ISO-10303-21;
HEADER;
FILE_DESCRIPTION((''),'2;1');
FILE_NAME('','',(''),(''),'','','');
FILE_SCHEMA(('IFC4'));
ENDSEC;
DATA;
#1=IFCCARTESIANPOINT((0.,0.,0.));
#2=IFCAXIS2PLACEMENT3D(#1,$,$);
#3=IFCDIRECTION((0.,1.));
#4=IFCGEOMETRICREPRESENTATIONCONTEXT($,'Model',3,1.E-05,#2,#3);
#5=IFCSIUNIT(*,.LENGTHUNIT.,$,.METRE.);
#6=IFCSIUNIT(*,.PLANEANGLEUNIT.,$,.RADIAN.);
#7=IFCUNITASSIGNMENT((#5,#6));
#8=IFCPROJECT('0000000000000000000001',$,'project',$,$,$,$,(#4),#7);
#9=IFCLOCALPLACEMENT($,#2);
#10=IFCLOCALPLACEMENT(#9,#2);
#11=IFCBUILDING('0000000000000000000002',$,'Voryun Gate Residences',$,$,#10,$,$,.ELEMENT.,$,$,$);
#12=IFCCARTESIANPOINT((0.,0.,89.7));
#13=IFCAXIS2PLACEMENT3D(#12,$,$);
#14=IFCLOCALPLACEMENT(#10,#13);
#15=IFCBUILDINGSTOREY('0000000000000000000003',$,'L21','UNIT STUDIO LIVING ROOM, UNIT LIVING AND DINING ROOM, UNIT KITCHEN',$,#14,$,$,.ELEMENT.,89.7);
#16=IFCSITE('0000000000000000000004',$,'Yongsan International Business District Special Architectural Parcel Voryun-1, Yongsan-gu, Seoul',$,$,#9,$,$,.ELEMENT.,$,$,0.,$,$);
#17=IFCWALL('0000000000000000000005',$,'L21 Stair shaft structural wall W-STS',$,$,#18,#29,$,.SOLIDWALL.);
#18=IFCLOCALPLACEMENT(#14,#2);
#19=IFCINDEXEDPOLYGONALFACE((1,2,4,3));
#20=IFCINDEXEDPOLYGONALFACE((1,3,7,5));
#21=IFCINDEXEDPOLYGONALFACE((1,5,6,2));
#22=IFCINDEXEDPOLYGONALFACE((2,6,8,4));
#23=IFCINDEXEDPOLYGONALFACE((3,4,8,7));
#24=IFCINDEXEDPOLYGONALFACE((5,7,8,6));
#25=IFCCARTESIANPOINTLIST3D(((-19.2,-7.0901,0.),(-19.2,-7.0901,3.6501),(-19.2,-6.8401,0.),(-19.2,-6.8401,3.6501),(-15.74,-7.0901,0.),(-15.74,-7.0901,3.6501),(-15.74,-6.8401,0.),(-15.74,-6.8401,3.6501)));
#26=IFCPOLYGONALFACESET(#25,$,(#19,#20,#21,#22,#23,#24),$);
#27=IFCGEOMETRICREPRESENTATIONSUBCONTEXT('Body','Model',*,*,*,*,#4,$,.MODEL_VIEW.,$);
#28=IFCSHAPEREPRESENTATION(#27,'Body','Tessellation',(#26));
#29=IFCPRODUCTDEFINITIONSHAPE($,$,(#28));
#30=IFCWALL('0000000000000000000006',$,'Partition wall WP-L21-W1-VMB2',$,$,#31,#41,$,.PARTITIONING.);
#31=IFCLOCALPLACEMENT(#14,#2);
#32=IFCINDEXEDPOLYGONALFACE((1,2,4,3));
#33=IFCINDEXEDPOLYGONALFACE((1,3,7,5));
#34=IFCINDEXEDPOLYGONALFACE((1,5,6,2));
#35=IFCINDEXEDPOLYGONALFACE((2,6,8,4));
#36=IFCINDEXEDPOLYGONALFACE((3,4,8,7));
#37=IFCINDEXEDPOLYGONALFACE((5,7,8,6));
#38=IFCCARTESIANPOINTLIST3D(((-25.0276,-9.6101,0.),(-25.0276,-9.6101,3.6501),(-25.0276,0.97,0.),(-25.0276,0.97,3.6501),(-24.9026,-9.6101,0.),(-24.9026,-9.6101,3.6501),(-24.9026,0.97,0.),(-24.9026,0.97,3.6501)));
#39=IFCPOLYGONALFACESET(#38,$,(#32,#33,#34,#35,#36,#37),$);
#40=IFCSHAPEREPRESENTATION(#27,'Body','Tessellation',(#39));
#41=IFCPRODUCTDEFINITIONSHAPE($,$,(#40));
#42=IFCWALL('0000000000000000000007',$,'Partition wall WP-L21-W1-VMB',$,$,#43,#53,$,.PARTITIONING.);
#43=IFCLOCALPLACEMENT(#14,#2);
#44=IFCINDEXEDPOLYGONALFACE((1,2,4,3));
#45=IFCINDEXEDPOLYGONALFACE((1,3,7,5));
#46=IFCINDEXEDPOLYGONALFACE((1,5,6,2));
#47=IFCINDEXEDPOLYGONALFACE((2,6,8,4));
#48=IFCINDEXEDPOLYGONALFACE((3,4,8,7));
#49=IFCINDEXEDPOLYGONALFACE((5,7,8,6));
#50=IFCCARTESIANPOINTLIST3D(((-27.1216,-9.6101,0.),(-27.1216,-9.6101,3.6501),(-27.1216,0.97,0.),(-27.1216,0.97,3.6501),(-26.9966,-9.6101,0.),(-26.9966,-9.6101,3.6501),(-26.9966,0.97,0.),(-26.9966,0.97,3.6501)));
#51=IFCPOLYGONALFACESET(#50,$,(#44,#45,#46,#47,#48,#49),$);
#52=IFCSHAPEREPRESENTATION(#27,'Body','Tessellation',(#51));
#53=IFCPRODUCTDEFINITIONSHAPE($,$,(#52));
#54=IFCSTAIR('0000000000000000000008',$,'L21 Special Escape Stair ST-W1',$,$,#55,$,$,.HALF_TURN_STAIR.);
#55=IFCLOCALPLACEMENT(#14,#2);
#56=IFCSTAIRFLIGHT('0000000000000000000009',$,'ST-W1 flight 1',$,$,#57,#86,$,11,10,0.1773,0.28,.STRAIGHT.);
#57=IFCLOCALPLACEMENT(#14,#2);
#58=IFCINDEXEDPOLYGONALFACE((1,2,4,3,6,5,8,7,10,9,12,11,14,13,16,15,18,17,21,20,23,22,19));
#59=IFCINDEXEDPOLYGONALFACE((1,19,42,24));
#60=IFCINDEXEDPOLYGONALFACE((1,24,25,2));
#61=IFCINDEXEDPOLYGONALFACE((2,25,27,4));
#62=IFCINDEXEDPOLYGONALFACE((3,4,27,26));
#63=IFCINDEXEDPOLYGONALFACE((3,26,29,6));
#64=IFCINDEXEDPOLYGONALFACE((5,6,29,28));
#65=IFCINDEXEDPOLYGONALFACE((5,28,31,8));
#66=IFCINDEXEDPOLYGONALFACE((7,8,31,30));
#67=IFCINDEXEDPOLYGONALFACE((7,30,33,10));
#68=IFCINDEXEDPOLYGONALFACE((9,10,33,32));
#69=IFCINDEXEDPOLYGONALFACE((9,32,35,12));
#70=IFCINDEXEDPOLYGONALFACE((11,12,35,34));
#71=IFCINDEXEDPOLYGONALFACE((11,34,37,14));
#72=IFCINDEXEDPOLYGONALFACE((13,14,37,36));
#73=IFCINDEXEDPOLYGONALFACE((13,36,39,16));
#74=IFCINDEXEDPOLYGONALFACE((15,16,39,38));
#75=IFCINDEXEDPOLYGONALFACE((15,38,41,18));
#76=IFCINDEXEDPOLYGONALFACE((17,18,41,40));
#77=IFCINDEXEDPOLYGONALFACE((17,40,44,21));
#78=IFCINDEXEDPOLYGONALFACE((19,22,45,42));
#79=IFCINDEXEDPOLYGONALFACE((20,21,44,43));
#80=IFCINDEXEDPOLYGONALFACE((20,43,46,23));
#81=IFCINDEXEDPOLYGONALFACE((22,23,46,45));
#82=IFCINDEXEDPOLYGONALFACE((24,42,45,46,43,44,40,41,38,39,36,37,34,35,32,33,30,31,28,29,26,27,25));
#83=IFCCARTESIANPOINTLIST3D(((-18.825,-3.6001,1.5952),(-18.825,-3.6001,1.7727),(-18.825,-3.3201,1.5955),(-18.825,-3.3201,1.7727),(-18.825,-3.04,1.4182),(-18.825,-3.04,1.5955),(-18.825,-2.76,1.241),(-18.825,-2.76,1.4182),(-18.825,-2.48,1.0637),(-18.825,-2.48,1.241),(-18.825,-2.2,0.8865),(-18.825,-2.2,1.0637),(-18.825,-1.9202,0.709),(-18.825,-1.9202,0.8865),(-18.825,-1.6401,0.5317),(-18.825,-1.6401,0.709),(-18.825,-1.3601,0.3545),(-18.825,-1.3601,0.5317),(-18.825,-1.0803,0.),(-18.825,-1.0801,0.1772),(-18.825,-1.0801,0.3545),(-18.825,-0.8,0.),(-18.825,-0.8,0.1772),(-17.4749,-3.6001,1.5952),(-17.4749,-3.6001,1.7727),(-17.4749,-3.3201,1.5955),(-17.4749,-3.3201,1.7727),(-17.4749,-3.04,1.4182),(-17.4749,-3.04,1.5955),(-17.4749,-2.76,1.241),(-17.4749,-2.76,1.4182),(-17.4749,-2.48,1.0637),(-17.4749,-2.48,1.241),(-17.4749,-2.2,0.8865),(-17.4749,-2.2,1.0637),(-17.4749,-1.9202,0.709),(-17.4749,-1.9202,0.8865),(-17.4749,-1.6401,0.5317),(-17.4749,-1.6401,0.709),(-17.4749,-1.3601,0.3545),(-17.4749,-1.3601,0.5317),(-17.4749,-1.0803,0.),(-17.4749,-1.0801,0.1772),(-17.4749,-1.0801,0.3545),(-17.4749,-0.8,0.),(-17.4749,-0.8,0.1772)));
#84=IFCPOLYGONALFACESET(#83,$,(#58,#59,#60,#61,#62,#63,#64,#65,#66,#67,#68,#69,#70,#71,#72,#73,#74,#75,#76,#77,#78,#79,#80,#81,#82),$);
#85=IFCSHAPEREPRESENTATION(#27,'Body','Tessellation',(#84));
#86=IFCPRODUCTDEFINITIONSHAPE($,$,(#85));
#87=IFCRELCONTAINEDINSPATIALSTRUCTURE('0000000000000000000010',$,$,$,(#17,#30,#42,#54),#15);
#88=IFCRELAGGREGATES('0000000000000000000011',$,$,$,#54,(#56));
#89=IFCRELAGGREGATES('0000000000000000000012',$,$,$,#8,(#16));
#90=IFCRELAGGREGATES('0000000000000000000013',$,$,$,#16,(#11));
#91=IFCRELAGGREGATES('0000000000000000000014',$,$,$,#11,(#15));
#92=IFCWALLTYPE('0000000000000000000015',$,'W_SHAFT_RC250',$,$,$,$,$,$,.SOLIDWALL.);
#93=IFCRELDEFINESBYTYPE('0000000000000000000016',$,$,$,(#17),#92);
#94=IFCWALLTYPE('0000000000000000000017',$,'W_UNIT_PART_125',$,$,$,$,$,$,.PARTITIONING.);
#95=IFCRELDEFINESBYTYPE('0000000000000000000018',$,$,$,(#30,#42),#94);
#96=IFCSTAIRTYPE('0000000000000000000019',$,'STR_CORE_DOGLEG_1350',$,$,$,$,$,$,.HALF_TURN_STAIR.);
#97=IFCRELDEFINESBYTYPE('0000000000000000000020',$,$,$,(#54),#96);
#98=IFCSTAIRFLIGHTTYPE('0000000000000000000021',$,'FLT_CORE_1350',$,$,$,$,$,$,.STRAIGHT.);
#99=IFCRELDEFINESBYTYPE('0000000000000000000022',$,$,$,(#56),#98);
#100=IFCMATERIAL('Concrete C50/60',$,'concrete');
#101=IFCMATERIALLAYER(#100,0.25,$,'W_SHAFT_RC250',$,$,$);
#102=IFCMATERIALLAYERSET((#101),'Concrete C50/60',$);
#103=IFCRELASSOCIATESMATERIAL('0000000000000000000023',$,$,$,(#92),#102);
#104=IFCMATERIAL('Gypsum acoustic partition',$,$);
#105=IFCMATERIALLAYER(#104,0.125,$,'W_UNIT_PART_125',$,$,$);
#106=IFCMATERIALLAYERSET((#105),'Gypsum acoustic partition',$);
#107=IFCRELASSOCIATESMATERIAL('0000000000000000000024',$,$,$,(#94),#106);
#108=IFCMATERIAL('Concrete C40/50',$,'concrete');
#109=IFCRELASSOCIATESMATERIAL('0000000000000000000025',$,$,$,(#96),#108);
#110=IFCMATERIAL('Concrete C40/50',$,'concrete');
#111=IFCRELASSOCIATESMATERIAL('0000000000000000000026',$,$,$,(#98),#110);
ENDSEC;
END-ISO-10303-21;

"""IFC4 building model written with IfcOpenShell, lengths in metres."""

from ifc_helpers import new_model, si_unit, direction, frame, frame_2d, origin, place, context, subcontext, project, spatial, polyline, rectangle, outline, extrude, material, layer, layer_set, type_object, element, aggregate, save


model = new_model("IFC4")

# Units and contexts
model_context = context("Model", 3, precision=1e-05, world=origin(), true_north=direction((0.0, 1.0)))
body_context = subcontext(model_context, "Body", "Model", "MODEL_VIEW")
ifc_project = project(units=[si_unit("LENGTHUNIT", "METRE"), si_unit("PLANEANGLEUNIT", "RADIAN")], contexts=[model_context])

# Site, building, storey
site_placement = place(None, origin())
site = spatial("IfcSite", under=ifc_project, at=site_placement, Name="Yongsan International Business District Special Architectural Parcel Voryun-1, Yongsan-gu, Seoul", CompositionType="ELEMENT", RefElevation=0.0)
building_placement = place(site_placement, origin())
building = spatial("IfcBuilding", under=site, at=building_placement, Name="Voryun Gate Residences", CompositionType="ELEMENT")
storey_placement = place(building_placement, frame((0.0, 0.0, 89.7)))
storey = spatial("IfcBuildingStorey", under=building, at=storey_placement, Name="L21", Description="UNIT STUDIO LIVING ROOM, UNIT LIVING AND DINING ROOM, UNIT KITCHEN", CompositionType="ELEMENT", Elevation=89.7)

# Walls
ifc_material_1 = material(Name="Concrete C50/60", Category="concrete")
ifc_layer_1 = layer(ifc_material_1, 0.25, Name="W_SHAFT_RC250")
ifc_layer_set_1 = layer_set([ifc_layer_1], Name="Concrete C50/60")
wall_type_1 = type_object("IfcWallType", Name="W_SHAFT_RC250", PredefinedType="SOLIDWALL", material=ifc_layer_set_1)
wall_1_placement = place(storey_placement, frame((-19.2, -6.9651, 0.0), z_axis=(0.0, 0.0, 1.0), x_axis=(1.0, 0.0, 0.0)))
element("IfcWall", 1, at=wall_1_placement, inside=storey, type_object=wall_type_1, Name="L21 Stair shaft structural wall W-STS", PredefinedType="SOLIDWALL", context=body_context, shape_type="SweptSolid", body=[
    extrude(rectangle(XDim=3.46, YDim=0.25, at=frame_2d((1.73, 0.0))), origin(), (0.0, 0.0, 1.0), 3.6501),
])
ifc_material_2 = material(Name="Gypsum acoustic partition")
ifc_layer_2 = layer(ifc_material_2, 0.125, Name="W_UNIT_PART_125")
ifc_layer_set_2 = layer_set([ifc_layer_2], Name="Gypsum acoustic partition")
wall_type_2 = type_object("IfcWallType", Name="W_UNIT_PART_125", PredefinedType="PARTITIONING", material=ifc_layer_set_2)
for number, where, z_axis, x_axis, name in (
    (2, (-24.9651, -9.6101, 0.0), (0.0, 0.0, 1.0), (0.0, 1.0, 0.0), "Partition wall WP-L21-W1-VMB2"),
    (3, (-27.0591, -9.6101, 0.0), (0.0, 0.0, 1.0), (0.0, 1.0, 0.0), "Partition wall WP-L21-W1-VMB"),
):
    element("IfcWall", number, at=place(storey_placement, frame(where, z_axis=z_axis, x_axis=x_axis)), inside=storey, type_object=wall_type_2, Name=name, PredefinedType="PARTITIONING", context=body_context, shape_type="SweptSolid", body=[
        extrude(rectangle(XDim=10.5801, YDim=0.125, at=frame_2d((5.29, 0.0))), origin(), (0.0, 0.0, 1.0), 3.6501),
    ])

# Stair, stair flight
ifc_material_3 = material(Name="Concrete C40/50", Category="concrete")
stair_type = type_object("IfcStairType", Name="STR_CORE_DOGLEG_1350", PredefinedType="HALF_TURN_STAIR", material=ifc_material_3)
stair_placement = place(storey_placement, origin())
stair = element("IfcStair", 4, at=stair_placement, inside=storey, type_object=stair_type, Name="L21 Special Escape Stair ST-W1", PredefinedType="HALF_TURN_STAIR")
ifc_material_4 = material(Name="Concrete C40/50", Category="concrete")
stair_flight_type = type_object("IfcStairFlightType", Name="FLT_CORE_1350", PredefinedType="STRAIGHT", material=ifc_material_4)
stair_flight_placement = place(storey_placement, frame((-18.1499, -0.8, 0.0), z_axis=(0.0, 0.0, 1.0), x_axis=(0.0, -1.0, 0.0)))
stair_flight = element("IfcStairFlight", 5, at=stair_flight_placement, type_object=stair_flight_type, Name="ST-W1 flight 1", NumberOfRisers=11, NumberOfTreads=10, PredefinedType="STRAIGHT", RiserHeight=0.1773, TreadLength=0.28, context=body_context, shape_type="SweptSolid", body=[
    extrude(outline(polyline([(0.0, 0.0), (0.0, 0.1772), (0.28, 0.1772), (0.28, 0.3545), (0.5601, 0.3545), (0.5601, 0.5317), (0.8401, 0.5317), (0.8401, 0.709), (1.1201, 0.709), (1.1201, 0.8865), (1.3999, 0.8865), (1.3999, 1.0637), (1.6799, 1.0637), (1.6799, 1.241), (1.96, 1.241), (1.96, 1.4182), (2.24, 1.4182), (2.24, 1.5955), (2.52, 1.5955), (2.52, 1.7727), (2.8, 1.7727), (2.8, 1.95), (2.8, 1.5952), (0.2803, 0.0), (0.0, 0.0)])), frame((0.0, 0.675, 0.0), z_axis=(0.0, -1.0, 0.0), x_axis=(1.0, 0.0, 0.0)), (0.0, 0.0, 1.0), 1.3501),
])
aggregate(stair, [stair_flight])

save(model, "model.ifc")
